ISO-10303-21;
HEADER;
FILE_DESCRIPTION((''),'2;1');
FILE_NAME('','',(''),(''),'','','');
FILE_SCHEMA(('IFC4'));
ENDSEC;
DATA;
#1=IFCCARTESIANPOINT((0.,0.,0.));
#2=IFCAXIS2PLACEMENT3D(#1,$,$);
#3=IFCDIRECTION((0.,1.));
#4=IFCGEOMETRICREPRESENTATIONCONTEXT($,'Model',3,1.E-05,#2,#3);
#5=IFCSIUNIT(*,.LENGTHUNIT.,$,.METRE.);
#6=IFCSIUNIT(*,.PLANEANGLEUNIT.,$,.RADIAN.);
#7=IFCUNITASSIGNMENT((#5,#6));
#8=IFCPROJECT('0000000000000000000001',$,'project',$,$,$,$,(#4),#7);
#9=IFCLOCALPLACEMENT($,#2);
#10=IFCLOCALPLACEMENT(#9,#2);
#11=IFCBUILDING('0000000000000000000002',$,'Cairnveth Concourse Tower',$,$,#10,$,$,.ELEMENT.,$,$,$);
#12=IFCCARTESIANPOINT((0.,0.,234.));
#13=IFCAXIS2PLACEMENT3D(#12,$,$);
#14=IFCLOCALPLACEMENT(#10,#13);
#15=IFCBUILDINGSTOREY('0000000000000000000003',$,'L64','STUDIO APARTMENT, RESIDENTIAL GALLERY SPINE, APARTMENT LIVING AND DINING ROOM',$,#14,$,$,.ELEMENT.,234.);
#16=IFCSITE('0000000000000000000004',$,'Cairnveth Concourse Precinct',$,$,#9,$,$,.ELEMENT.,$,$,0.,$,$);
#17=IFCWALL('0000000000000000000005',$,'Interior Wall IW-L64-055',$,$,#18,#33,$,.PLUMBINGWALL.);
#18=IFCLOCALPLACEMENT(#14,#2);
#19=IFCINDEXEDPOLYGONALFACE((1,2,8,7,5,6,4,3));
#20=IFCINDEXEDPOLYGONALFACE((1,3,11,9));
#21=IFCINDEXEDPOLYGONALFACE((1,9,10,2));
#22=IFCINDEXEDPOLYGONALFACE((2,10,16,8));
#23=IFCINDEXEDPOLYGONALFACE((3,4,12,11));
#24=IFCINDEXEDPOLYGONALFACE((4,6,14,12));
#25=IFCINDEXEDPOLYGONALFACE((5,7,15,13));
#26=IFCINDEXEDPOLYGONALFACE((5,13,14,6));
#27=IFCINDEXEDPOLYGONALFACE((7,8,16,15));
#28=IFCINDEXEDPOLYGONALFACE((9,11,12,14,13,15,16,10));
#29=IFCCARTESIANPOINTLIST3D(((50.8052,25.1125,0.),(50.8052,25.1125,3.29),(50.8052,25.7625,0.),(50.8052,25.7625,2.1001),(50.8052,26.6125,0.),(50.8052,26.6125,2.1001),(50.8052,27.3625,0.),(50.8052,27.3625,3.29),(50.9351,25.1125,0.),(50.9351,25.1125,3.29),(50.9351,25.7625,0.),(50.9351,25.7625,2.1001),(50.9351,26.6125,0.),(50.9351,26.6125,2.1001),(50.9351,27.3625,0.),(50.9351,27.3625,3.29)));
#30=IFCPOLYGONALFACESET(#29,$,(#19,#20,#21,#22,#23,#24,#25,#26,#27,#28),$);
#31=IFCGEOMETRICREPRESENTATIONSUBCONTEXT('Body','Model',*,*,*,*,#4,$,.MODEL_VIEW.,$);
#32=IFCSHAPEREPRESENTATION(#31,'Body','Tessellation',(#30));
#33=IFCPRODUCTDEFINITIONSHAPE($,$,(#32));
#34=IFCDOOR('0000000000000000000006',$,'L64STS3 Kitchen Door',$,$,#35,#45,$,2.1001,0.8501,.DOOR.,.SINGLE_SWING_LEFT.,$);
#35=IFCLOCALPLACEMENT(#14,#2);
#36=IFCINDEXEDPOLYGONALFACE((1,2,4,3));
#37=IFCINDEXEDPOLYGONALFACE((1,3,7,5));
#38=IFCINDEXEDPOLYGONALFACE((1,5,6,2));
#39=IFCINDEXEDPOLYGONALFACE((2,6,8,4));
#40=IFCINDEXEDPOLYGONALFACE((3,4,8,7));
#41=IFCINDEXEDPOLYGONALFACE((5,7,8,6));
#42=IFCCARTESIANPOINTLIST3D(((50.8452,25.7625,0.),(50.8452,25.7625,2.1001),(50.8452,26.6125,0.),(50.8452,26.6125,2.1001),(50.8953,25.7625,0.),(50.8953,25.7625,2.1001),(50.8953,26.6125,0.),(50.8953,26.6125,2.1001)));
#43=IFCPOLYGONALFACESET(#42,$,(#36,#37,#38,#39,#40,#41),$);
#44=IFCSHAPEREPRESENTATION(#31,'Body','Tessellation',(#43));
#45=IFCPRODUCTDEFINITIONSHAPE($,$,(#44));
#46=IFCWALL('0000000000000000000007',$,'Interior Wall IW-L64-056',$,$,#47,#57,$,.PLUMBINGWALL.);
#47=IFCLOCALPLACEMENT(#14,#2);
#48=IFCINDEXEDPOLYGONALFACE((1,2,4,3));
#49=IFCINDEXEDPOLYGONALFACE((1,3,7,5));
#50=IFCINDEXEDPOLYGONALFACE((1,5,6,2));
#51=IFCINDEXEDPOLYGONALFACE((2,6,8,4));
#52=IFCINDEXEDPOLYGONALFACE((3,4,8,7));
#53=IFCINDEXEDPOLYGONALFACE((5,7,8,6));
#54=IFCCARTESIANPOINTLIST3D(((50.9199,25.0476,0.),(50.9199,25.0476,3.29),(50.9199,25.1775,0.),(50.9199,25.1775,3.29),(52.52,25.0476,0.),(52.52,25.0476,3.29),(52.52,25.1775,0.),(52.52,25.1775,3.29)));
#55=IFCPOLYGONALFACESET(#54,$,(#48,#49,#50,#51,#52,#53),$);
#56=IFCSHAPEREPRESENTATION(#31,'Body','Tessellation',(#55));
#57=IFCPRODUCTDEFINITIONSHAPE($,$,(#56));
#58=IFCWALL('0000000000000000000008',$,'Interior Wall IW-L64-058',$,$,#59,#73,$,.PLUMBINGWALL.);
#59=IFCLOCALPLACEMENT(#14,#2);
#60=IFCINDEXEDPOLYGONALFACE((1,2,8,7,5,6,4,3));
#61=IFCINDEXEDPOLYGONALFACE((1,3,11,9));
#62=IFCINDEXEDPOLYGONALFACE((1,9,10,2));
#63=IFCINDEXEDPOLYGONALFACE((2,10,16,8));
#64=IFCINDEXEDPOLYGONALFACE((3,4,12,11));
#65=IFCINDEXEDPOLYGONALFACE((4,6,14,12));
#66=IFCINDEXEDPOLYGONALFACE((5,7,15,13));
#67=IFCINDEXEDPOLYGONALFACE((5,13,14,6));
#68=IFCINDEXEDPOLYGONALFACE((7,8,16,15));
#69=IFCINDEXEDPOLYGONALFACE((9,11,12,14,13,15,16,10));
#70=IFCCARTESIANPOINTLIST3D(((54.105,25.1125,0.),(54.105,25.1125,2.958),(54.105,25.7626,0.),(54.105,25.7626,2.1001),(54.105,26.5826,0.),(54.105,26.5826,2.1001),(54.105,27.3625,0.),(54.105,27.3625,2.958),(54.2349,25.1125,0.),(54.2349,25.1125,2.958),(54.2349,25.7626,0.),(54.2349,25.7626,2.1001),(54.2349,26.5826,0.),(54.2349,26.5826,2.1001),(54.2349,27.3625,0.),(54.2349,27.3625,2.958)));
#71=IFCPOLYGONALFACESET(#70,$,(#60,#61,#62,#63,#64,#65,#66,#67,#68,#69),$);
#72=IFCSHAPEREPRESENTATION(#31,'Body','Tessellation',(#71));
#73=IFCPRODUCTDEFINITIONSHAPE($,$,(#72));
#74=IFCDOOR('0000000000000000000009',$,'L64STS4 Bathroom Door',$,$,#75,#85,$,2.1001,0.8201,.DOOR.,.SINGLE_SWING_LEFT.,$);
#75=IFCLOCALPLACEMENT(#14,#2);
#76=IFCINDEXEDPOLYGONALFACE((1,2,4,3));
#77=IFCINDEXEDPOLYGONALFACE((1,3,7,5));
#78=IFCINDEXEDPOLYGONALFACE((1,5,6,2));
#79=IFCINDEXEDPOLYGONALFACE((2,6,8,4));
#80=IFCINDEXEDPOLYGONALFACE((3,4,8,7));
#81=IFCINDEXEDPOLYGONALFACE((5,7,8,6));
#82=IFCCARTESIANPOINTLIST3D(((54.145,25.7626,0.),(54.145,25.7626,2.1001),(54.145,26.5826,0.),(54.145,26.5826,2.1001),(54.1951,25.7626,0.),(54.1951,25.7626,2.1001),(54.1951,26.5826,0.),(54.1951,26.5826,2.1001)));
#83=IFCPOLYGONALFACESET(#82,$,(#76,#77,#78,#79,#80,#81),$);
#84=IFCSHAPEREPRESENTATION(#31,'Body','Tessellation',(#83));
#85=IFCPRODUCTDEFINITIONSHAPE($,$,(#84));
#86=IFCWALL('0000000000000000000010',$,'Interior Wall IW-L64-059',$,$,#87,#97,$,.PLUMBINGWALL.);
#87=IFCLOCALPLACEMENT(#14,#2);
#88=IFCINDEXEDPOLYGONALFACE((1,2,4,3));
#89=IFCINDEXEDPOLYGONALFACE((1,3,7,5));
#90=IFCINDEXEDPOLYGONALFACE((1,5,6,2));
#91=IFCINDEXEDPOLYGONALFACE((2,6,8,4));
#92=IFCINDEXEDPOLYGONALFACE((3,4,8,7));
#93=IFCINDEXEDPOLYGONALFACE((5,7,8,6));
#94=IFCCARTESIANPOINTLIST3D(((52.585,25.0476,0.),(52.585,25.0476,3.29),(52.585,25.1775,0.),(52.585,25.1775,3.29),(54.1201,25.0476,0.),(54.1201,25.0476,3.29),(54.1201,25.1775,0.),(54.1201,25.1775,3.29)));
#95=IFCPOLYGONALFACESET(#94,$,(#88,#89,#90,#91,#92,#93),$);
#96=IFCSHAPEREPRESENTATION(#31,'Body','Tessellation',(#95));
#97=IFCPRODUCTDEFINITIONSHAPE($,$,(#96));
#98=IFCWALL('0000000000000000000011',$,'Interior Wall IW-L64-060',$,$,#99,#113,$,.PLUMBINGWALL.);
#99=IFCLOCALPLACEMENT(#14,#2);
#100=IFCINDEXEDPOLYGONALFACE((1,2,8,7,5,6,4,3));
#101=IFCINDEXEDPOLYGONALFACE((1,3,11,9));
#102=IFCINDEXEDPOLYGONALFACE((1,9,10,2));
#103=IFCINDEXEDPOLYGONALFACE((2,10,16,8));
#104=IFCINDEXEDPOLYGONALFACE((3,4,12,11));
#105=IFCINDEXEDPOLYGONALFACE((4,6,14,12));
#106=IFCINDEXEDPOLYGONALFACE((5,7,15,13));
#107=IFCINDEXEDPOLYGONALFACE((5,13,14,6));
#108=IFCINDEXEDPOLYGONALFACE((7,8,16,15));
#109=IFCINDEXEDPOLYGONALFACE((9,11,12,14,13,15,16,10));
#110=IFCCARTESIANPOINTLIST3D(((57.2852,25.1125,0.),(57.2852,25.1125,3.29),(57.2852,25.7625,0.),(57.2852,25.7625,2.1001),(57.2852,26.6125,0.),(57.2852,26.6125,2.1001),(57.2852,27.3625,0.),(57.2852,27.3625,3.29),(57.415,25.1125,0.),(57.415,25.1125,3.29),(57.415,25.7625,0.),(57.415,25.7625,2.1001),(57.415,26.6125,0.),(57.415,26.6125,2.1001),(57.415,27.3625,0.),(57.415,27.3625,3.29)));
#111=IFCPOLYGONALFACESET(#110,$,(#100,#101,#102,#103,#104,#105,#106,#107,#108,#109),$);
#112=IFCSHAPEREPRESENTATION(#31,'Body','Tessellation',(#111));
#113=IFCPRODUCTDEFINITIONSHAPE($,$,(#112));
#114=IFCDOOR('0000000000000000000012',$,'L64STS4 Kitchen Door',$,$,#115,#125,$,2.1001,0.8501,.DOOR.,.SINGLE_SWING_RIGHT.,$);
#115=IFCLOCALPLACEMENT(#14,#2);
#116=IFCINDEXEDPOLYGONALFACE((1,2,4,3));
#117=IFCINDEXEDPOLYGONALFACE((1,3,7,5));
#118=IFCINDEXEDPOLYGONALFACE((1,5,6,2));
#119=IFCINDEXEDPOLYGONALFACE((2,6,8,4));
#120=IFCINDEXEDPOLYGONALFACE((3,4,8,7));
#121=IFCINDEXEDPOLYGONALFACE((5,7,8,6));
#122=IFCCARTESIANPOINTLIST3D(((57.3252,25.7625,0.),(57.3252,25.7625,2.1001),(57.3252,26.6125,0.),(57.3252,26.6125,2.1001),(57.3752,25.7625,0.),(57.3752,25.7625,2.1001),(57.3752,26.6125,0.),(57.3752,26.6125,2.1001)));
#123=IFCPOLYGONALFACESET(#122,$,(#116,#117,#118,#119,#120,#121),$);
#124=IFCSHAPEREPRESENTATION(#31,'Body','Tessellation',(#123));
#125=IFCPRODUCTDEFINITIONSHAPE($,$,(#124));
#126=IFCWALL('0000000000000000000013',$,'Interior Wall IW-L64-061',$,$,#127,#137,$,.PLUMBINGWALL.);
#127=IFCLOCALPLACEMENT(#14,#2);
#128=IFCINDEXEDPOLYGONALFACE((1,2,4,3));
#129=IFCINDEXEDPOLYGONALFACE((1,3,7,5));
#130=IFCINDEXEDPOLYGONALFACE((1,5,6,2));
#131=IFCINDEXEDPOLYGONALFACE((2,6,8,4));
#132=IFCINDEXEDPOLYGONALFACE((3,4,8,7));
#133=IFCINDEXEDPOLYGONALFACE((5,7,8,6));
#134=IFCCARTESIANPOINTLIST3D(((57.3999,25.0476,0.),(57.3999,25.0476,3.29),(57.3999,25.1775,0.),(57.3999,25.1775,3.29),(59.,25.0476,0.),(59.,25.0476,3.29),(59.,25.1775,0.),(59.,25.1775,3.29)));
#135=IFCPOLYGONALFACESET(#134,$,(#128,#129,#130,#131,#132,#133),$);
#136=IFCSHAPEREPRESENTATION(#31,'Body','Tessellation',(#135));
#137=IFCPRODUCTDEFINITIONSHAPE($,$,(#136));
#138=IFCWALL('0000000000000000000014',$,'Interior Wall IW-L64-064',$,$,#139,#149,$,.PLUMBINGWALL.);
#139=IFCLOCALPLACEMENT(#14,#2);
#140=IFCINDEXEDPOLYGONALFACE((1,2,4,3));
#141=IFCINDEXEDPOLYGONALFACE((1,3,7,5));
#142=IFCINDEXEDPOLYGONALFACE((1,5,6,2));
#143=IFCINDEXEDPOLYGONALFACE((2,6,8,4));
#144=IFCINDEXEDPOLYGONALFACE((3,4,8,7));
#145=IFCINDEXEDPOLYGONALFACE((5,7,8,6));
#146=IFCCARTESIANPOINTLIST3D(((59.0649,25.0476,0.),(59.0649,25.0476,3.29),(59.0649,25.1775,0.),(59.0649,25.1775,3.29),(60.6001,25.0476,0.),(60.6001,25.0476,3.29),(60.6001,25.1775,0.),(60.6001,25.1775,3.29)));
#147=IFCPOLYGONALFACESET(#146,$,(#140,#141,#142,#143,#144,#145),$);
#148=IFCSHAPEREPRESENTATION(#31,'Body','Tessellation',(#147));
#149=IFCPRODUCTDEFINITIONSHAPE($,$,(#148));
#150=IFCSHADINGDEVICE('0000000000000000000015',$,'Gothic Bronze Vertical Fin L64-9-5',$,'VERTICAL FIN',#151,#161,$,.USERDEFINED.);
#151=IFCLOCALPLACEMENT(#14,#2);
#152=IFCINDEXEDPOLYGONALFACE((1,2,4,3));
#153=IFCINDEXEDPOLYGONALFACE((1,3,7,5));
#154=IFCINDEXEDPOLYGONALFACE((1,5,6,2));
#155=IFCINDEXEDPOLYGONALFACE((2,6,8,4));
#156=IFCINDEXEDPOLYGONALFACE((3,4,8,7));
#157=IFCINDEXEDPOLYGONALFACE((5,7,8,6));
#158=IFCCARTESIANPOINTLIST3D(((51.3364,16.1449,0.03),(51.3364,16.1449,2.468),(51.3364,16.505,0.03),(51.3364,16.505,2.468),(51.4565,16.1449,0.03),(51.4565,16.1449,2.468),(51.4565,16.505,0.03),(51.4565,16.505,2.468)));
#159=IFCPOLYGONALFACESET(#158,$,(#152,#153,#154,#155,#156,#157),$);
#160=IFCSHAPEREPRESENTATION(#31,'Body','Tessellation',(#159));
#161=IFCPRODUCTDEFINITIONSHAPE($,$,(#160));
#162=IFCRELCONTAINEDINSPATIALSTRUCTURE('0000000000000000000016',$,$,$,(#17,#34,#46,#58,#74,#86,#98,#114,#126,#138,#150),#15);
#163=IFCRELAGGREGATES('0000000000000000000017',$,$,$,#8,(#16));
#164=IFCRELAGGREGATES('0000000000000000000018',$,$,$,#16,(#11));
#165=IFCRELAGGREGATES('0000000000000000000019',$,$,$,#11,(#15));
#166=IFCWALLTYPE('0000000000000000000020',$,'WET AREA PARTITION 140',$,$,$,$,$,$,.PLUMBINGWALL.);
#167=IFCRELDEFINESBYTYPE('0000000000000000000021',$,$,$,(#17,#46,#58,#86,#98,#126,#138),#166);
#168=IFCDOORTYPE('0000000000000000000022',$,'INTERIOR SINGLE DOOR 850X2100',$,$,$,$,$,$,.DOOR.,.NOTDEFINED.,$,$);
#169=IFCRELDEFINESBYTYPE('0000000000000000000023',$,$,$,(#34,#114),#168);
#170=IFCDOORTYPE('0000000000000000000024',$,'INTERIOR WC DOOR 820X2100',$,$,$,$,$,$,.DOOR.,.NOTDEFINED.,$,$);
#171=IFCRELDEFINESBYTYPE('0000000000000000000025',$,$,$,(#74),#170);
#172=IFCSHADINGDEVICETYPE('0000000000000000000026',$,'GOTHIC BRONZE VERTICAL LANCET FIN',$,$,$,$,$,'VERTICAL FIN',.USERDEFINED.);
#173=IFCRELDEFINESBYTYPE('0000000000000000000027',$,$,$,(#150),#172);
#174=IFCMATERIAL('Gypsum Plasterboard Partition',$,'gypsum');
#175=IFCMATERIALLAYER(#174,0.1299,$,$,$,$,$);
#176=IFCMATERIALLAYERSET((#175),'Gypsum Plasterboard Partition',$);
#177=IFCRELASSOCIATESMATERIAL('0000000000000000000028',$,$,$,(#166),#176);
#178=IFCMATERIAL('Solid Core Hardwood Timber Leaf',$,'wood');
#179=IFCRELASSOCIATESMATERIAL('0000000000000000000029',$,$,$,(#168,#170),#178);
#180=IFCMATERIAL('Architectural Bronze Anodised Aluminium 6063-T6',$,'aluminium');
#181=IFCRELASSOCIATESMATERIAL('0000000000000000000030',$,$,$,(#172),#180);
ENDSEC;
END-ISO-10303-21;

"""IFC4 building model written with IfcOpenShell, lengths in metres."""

from ifc_helpers import new_model, si_unit, direction, frame, frame_2d, origin, origin_2d, place, context, subcontext, project, spatial, rectangle, extrude, material, layer, layer_set, type_object, element, fill, save


model = new_model("IFC4")

# Units and contexts
model_context = context("Model", 3, precision=1e-05, world=origin(), true_north=direction((0.0, 1.0)))
body_context = subcontext(model_context, "Body", "Model", "MODEL_VIEW")
ifc_project = project(units=[si_unit("LENGTHUNIT", "METRE"), si_unit("PLANEANGLEUNIT", "RADIAN")], contexts=[model_context])

# Site, building, storey
site_placement = place(None, origin())
site = spatial("IfcSite", under=ifc_project, at=site_placement, Name="Cairnveth Concourse Precinct", CompositionType="ELEMENT", RefElevation=0.0)
building_placement = place(site_placement, origin())
building = spatial("IfcBuilding", under=site, at=building_placement, Name="Cairnveth Concourse Tower", CompositionType="ELEMENT")
storey_placement = place(building_placement, frame((0.0, 0.0, 234.0)))
storey = spatial("IfcBuildingStorey", under=building, at=storey_placement, Name="L64", Description="STUDIO APARTMENT, RESIDENTIAL GALLERY SPINE, APARTMENT LIVING AND DINING ROOM", CompositionType="ELEMENT", Elevation=234.0)

# Shared definitions
ifc_material_1 = material(Name="Gypsum Plasterboard Partition", Category="gypsum")

# Wall, opening, door
ifc_layer_1 = layer(ifc_material_1, 0.1299)
ifc_layer_set_1 = layer_set([ifc_layer_1], Name="Gypsum Plasterboard Partition")
wall_type_1 = type_object("IfcWallType", Name="WET AREA PARTITION 140", PredefinedType="PLUMBINGWALL", material=ifc_layer_set_1)
wall_1_placement = place(storey_placement, frame((50.8701, 25.1125, 0.0), z_axis=(0.0, 0.0, 1.0), x_axis=(0.0, 1.0, 0.0)))
wall_1 = element("IfcWall", 1, at=wall_1_placement, inside=storey, type_object=wall_type_1, Name="Interior Wall IW-L64-055", PredefinedType="PLUMBINGWALL", context=body_context, shape_type="SweptSolid", body=[
    extrude(rectangle(XDim=2.25, YDim=0.1299, at=frame_2d((1.125, 0.0))), origin(), (0.0, 0.0, 1.0), 3.29),
])
opening_1_placement = place(wall_1_placement, frame((0.6499, 0.0, 0.0)))
opening_1 = element("IfcOpeningElement", 2, at=opening_1_placement, cuts=wall_1, PredefinedType="OPENING", context=body_context, shape_type="SweptSolid", body=[
    extrude(rectangle(XDim=0.8501, YDim=2.1001, at=frame_2d((0.425, 1.05))), frame((0.0, 0.075, 0.0), z_axis=(0.0, -1.0, 0.0), x_axis=(1.0, 0.0, 0.0)), (0.0, 0.0, 1.0), 0.1499),
])
ifc_material_2 = material(Name="Solid Core Hardwood Timber Leaf", Category="wood")
door_type_1 = type_object("IfcDoorType", Name="INTERIOR SINGLE DOOR 850X2100", OperationType="NOTDEFINED", PredefinedType="DOOR", material=ifc_material_2)
door_1_placement = place(opening_1_placement, origin())
door_1 = element("IfcDoor", 3, at=door_1_placement, inside=storey, type_object=door_type_1, Name="L64STS3 Kitchen Door", OperationType="SINGLE_SWING_LEFT", OverallHeight=2.1001, OverallWidth=0.8501, PredefinedType="DOOR", context=body_context, shape_type="SweptSolid", body=[
    extrude(rectangle(XDim=0.8501, YDim=2.1001, at=frame_2d((0.425, 1.05))), frame((0.0, 0.0249, 0.0), z_axis=(0.0, -1.0, 0.0), x_axis=(1.0, 0.0, 0.0)), (0.0, 0.0, 1.0), 0.05),
])
fill(opening_1, door_1)

# Wall
wall_2_placement = place(storey_placement, frame((50.9199, 25.1125, 0.0), z_axis=(0.0, 0.0, 1.0), x_axis=(1.0, 0.0, 0.0)))
element("IfcWall", 4, at=wall_2_placement, inside=storey, type_object=wall_type_1, Name="Interior Wall IW-L64-056", PredefinedType="PLUMBINGWALL", context=body_context, shape_type="SweptSolid", body=[
    extrude(rectangle(XDim=1.6001, YDim=0.1299, at=frame_2d((0.8, 0.0))), origin(), (0.0, 0.0, 1.0), 3.29),
])

# Wall, opening, door
wall_3_placement = place(storey_placement, frame((54.1699, 25.1125, 0.0), z_axis=(0.0, 0.0, 1.0), x_axis=(0.0, 1.0, 0.0)))
wall_3 = element("IfcWall", 5, at=wall_3_placement, inside=storey, type_object=wall_type_1, Name="Interior Wall IW-L64-058", PredefinedType="PLUMBINGWALL", context=body_context, shape_type="SweptSolid", body=[
    extrude(rectangle(XDim=2.25, YDim=0.1299, at=frame_2d((1.125, 0.0))), origin(), (0.0, 0.0, 1.0), 2.958),
])
opening_2_placement = place(wall_3_placement, frame((0.6499, 0.0, 0.0)))
opening_2 = element("IfcOpeningElement", 6, at=opening_2_placement, cuts=wall_3, PredefinedType="OPENING", context=body_context, shape_type="SweptSolid", body=[
    extrude(rectangle(XDim=0.8201, YDim=2.1001, at=frame_2d((0.4102, 1.05))), frame((0.0, 0.075, 0.0), z_axis=(0.0, -1.0, 0.0), x_axis=(1.0, 0.0, 0.0)), (0.0, 0.0, 1.0), 0.1499),
])
door_type_2 = type_object("IfcDoorType", Name="INTERIOR WC DOOR 820X2100", OperationType="NOTDEFINED", PredefinedType="DOOR", material=ifc_material_2)
door_2_placement = place(opening_2_placement, origin())
door_2 = element("IfcDoor", 7, at=door_2_placement, inside=storey, type_object=door_type_2, Name="L64STS4 Bathroom Door", OperationType="SINGLE_SWING_LEFT", OverallHeight=2.1001, OverallWidth=0.8201, PredefinedType="DOOR", context=body_context, shape_type="SweptSolid", body=[
    extrude(rectangle(XDim=0.8201, YDim=2.1001, at=frame_2d((0.4102, 1.05))), frame((0.0, 0.0249, 0.0), z_axis=(0.0, -1.0, 0.0), x_axis=(1.0, 0.0, 0.0)), (0.0, 0.0, 1.0), 0.05),
])
fill(opening_2, door_2)

# Wall
wall_4_placement = place(storey_placement, frame((52.585, 25.1125, 0.0), z_axis=(0.0, 0.0, 1.0), x_axis=(1.0, 0.0, 0.0)))
element("IfcWall", 8, at=wall_4_placement, inside=storey, type_object=wall_type_1, Name="Interior Wall IW-L64-059", PredefinedType="PLUMBINGWALL", context=body_context, shape_type="SweptSolid", body=[
    extrude(rectangle(XDim=1.5352, YDim=0.1299, at=frame_2d((0.7676, 0.0))), origin(), (0.0, 0.0, 1.0), 3.29),
])

# Wall, opening, door
wall_5_placement = place(storey_placement, frame((57.3501, 25.1125, 0.0), z_axis=(0.0, 0.0, 1.0), x_axis=(0.0, 1.0, 0.0)))
wall_5 = element("IfcWall", 9, at=wall_5_placement, inside=storey, type_object=wall_type_1, Name="Interior Wall IW-L64-060", PredefinedType="PLUMBINGWALL", context=body_context, shape_type="SweptSolid", body=[
    extrude(rectangle(XDim=2.25, YDim=0.1299, at=frame_2d((1.125, 0.0))), origin(), (0.0, 0.0, 1.0), 3.29),
])
opening_3_placement = place(wall_5_placement, frame((0.6499, 0.0, 0.0)))
opening_3 = element("IfcOpeningElement", 10, at=opening_3_placement, cuts=wall_5, PredefinedType="OPENING", context=body_context, shape_type="SweptSolid", body=[
    extrude(rectangle(XDim=0.8501, YDim=2.1001, at=frame_2d((0.425, 1.05))), frame((0.0, 0.075, 0.0), z_axis=(0.0, -1.0, 0.0), x_axis=(1.0, 0.0, 0.0)), (0.0, 0.0, 1.0), 0.1499),
])
door_3_placement = place(opening_3_placement, origin())
door_3 = element("IfcDoor", 11, at=door_3_placement, inside=storey, type_object=door_type_1, Name="L64STS4 Kitchen Door", OperationType="SINGLE_SWING_RIGHT", OverallHeight=2.1001, OverallWidth=0.8501, PredefinedType="DOOR", context=body_context, shape_type="SweptSolid", body=[
    extrude(rectangle(XDim=0.8501, YDim=2.1001, at=frame_2d((0.425, 1.05))), frame((0.0, 0.0249, 0.0), z_axis=(0.0, -1.0, 0.0), x_axis=(1.0, 0.0, 0.0)), (0.0, 0.0, 1.0), 0.05),
])
fill(opening_3, door_3)

# Walls
wall_6_placement = place(storey_placement, frame((57.3999, 25.1125, 0.0), z_axis=(0.0, 0.0, 1.0), x_axis=(1.0, 0.0, 0.0)))
element("IfcWall", 12, at=wall_6_placement, inside=storey, type_object=wall_type_1, Name="Interior Wall IW-L64-061", PredefinedType="PLUMBINGWALL", context=body_context, shape_type="SweptSolid", body=[
    extrude(rectangle(XDim=1.6001, YDim=0.1299, at=frame_2d((0.8, 0.0))), origin(), (0.0, 0.0, 1.0), 3.29),
])
wall_7_placement = place(storey_placement, frame((59.0649, 25.1125, 0.0), z_axis=(0.0, 0.0, 1.0), x_axis=(1.0, 0.0, 0.0)))
element("IfcWall", 13, at=wall_7_placement, inside=storey, type_object=wall_type_1, Name="Interior Wall IW-L64-064", PredefinedType="PLUMBINGWALL", context=body_context, shape_type="SweptSolid", body=[
    extrude(rectangle(XDim=1.5352, YDim=0.1299, at=frame_2d((0.7676, 0.0))), origin(), (0.0, 0.0, 1.0), 3.29),
])

# Shading device
ifc_material_3 = material(Name="Architectural Bronze Anodised Aluminium 6063-T6", Category="aluminium")
shading_device_type = type_object("IfcShadingDeviceType", Name="GOTHIC BRONZE VERTICAL LANCET FIN", ElementType="VERTICAL FIN", PredefinedType="USERDEFINED", material=ifc_material_3)
shading_device_placement = place(storey_placement, frame((51.3965, 16.325, 0.03), z_axis=(0.0, 0.0, 1.0), x_axis=(1.0, 0.0, 0.0)))
element("IfcShadingDevice", 14, at=shading_device_placement, inside=storey, type_object=shading_device_type, Name="Gothic Bronze Vertical Fin L64-9-5", ObjectType="VERTICAL FIN", PredefinedType="USERDEFINED", context=body_context, shape_type="SweptSolid", body=[
    extrude(rectangle(XDim=0.1201, YDim=0.3601, at=origin_2d()), origin(), (0.0, 0.0, 1.0), 2.438),
])

save(model, "model.ifc")
